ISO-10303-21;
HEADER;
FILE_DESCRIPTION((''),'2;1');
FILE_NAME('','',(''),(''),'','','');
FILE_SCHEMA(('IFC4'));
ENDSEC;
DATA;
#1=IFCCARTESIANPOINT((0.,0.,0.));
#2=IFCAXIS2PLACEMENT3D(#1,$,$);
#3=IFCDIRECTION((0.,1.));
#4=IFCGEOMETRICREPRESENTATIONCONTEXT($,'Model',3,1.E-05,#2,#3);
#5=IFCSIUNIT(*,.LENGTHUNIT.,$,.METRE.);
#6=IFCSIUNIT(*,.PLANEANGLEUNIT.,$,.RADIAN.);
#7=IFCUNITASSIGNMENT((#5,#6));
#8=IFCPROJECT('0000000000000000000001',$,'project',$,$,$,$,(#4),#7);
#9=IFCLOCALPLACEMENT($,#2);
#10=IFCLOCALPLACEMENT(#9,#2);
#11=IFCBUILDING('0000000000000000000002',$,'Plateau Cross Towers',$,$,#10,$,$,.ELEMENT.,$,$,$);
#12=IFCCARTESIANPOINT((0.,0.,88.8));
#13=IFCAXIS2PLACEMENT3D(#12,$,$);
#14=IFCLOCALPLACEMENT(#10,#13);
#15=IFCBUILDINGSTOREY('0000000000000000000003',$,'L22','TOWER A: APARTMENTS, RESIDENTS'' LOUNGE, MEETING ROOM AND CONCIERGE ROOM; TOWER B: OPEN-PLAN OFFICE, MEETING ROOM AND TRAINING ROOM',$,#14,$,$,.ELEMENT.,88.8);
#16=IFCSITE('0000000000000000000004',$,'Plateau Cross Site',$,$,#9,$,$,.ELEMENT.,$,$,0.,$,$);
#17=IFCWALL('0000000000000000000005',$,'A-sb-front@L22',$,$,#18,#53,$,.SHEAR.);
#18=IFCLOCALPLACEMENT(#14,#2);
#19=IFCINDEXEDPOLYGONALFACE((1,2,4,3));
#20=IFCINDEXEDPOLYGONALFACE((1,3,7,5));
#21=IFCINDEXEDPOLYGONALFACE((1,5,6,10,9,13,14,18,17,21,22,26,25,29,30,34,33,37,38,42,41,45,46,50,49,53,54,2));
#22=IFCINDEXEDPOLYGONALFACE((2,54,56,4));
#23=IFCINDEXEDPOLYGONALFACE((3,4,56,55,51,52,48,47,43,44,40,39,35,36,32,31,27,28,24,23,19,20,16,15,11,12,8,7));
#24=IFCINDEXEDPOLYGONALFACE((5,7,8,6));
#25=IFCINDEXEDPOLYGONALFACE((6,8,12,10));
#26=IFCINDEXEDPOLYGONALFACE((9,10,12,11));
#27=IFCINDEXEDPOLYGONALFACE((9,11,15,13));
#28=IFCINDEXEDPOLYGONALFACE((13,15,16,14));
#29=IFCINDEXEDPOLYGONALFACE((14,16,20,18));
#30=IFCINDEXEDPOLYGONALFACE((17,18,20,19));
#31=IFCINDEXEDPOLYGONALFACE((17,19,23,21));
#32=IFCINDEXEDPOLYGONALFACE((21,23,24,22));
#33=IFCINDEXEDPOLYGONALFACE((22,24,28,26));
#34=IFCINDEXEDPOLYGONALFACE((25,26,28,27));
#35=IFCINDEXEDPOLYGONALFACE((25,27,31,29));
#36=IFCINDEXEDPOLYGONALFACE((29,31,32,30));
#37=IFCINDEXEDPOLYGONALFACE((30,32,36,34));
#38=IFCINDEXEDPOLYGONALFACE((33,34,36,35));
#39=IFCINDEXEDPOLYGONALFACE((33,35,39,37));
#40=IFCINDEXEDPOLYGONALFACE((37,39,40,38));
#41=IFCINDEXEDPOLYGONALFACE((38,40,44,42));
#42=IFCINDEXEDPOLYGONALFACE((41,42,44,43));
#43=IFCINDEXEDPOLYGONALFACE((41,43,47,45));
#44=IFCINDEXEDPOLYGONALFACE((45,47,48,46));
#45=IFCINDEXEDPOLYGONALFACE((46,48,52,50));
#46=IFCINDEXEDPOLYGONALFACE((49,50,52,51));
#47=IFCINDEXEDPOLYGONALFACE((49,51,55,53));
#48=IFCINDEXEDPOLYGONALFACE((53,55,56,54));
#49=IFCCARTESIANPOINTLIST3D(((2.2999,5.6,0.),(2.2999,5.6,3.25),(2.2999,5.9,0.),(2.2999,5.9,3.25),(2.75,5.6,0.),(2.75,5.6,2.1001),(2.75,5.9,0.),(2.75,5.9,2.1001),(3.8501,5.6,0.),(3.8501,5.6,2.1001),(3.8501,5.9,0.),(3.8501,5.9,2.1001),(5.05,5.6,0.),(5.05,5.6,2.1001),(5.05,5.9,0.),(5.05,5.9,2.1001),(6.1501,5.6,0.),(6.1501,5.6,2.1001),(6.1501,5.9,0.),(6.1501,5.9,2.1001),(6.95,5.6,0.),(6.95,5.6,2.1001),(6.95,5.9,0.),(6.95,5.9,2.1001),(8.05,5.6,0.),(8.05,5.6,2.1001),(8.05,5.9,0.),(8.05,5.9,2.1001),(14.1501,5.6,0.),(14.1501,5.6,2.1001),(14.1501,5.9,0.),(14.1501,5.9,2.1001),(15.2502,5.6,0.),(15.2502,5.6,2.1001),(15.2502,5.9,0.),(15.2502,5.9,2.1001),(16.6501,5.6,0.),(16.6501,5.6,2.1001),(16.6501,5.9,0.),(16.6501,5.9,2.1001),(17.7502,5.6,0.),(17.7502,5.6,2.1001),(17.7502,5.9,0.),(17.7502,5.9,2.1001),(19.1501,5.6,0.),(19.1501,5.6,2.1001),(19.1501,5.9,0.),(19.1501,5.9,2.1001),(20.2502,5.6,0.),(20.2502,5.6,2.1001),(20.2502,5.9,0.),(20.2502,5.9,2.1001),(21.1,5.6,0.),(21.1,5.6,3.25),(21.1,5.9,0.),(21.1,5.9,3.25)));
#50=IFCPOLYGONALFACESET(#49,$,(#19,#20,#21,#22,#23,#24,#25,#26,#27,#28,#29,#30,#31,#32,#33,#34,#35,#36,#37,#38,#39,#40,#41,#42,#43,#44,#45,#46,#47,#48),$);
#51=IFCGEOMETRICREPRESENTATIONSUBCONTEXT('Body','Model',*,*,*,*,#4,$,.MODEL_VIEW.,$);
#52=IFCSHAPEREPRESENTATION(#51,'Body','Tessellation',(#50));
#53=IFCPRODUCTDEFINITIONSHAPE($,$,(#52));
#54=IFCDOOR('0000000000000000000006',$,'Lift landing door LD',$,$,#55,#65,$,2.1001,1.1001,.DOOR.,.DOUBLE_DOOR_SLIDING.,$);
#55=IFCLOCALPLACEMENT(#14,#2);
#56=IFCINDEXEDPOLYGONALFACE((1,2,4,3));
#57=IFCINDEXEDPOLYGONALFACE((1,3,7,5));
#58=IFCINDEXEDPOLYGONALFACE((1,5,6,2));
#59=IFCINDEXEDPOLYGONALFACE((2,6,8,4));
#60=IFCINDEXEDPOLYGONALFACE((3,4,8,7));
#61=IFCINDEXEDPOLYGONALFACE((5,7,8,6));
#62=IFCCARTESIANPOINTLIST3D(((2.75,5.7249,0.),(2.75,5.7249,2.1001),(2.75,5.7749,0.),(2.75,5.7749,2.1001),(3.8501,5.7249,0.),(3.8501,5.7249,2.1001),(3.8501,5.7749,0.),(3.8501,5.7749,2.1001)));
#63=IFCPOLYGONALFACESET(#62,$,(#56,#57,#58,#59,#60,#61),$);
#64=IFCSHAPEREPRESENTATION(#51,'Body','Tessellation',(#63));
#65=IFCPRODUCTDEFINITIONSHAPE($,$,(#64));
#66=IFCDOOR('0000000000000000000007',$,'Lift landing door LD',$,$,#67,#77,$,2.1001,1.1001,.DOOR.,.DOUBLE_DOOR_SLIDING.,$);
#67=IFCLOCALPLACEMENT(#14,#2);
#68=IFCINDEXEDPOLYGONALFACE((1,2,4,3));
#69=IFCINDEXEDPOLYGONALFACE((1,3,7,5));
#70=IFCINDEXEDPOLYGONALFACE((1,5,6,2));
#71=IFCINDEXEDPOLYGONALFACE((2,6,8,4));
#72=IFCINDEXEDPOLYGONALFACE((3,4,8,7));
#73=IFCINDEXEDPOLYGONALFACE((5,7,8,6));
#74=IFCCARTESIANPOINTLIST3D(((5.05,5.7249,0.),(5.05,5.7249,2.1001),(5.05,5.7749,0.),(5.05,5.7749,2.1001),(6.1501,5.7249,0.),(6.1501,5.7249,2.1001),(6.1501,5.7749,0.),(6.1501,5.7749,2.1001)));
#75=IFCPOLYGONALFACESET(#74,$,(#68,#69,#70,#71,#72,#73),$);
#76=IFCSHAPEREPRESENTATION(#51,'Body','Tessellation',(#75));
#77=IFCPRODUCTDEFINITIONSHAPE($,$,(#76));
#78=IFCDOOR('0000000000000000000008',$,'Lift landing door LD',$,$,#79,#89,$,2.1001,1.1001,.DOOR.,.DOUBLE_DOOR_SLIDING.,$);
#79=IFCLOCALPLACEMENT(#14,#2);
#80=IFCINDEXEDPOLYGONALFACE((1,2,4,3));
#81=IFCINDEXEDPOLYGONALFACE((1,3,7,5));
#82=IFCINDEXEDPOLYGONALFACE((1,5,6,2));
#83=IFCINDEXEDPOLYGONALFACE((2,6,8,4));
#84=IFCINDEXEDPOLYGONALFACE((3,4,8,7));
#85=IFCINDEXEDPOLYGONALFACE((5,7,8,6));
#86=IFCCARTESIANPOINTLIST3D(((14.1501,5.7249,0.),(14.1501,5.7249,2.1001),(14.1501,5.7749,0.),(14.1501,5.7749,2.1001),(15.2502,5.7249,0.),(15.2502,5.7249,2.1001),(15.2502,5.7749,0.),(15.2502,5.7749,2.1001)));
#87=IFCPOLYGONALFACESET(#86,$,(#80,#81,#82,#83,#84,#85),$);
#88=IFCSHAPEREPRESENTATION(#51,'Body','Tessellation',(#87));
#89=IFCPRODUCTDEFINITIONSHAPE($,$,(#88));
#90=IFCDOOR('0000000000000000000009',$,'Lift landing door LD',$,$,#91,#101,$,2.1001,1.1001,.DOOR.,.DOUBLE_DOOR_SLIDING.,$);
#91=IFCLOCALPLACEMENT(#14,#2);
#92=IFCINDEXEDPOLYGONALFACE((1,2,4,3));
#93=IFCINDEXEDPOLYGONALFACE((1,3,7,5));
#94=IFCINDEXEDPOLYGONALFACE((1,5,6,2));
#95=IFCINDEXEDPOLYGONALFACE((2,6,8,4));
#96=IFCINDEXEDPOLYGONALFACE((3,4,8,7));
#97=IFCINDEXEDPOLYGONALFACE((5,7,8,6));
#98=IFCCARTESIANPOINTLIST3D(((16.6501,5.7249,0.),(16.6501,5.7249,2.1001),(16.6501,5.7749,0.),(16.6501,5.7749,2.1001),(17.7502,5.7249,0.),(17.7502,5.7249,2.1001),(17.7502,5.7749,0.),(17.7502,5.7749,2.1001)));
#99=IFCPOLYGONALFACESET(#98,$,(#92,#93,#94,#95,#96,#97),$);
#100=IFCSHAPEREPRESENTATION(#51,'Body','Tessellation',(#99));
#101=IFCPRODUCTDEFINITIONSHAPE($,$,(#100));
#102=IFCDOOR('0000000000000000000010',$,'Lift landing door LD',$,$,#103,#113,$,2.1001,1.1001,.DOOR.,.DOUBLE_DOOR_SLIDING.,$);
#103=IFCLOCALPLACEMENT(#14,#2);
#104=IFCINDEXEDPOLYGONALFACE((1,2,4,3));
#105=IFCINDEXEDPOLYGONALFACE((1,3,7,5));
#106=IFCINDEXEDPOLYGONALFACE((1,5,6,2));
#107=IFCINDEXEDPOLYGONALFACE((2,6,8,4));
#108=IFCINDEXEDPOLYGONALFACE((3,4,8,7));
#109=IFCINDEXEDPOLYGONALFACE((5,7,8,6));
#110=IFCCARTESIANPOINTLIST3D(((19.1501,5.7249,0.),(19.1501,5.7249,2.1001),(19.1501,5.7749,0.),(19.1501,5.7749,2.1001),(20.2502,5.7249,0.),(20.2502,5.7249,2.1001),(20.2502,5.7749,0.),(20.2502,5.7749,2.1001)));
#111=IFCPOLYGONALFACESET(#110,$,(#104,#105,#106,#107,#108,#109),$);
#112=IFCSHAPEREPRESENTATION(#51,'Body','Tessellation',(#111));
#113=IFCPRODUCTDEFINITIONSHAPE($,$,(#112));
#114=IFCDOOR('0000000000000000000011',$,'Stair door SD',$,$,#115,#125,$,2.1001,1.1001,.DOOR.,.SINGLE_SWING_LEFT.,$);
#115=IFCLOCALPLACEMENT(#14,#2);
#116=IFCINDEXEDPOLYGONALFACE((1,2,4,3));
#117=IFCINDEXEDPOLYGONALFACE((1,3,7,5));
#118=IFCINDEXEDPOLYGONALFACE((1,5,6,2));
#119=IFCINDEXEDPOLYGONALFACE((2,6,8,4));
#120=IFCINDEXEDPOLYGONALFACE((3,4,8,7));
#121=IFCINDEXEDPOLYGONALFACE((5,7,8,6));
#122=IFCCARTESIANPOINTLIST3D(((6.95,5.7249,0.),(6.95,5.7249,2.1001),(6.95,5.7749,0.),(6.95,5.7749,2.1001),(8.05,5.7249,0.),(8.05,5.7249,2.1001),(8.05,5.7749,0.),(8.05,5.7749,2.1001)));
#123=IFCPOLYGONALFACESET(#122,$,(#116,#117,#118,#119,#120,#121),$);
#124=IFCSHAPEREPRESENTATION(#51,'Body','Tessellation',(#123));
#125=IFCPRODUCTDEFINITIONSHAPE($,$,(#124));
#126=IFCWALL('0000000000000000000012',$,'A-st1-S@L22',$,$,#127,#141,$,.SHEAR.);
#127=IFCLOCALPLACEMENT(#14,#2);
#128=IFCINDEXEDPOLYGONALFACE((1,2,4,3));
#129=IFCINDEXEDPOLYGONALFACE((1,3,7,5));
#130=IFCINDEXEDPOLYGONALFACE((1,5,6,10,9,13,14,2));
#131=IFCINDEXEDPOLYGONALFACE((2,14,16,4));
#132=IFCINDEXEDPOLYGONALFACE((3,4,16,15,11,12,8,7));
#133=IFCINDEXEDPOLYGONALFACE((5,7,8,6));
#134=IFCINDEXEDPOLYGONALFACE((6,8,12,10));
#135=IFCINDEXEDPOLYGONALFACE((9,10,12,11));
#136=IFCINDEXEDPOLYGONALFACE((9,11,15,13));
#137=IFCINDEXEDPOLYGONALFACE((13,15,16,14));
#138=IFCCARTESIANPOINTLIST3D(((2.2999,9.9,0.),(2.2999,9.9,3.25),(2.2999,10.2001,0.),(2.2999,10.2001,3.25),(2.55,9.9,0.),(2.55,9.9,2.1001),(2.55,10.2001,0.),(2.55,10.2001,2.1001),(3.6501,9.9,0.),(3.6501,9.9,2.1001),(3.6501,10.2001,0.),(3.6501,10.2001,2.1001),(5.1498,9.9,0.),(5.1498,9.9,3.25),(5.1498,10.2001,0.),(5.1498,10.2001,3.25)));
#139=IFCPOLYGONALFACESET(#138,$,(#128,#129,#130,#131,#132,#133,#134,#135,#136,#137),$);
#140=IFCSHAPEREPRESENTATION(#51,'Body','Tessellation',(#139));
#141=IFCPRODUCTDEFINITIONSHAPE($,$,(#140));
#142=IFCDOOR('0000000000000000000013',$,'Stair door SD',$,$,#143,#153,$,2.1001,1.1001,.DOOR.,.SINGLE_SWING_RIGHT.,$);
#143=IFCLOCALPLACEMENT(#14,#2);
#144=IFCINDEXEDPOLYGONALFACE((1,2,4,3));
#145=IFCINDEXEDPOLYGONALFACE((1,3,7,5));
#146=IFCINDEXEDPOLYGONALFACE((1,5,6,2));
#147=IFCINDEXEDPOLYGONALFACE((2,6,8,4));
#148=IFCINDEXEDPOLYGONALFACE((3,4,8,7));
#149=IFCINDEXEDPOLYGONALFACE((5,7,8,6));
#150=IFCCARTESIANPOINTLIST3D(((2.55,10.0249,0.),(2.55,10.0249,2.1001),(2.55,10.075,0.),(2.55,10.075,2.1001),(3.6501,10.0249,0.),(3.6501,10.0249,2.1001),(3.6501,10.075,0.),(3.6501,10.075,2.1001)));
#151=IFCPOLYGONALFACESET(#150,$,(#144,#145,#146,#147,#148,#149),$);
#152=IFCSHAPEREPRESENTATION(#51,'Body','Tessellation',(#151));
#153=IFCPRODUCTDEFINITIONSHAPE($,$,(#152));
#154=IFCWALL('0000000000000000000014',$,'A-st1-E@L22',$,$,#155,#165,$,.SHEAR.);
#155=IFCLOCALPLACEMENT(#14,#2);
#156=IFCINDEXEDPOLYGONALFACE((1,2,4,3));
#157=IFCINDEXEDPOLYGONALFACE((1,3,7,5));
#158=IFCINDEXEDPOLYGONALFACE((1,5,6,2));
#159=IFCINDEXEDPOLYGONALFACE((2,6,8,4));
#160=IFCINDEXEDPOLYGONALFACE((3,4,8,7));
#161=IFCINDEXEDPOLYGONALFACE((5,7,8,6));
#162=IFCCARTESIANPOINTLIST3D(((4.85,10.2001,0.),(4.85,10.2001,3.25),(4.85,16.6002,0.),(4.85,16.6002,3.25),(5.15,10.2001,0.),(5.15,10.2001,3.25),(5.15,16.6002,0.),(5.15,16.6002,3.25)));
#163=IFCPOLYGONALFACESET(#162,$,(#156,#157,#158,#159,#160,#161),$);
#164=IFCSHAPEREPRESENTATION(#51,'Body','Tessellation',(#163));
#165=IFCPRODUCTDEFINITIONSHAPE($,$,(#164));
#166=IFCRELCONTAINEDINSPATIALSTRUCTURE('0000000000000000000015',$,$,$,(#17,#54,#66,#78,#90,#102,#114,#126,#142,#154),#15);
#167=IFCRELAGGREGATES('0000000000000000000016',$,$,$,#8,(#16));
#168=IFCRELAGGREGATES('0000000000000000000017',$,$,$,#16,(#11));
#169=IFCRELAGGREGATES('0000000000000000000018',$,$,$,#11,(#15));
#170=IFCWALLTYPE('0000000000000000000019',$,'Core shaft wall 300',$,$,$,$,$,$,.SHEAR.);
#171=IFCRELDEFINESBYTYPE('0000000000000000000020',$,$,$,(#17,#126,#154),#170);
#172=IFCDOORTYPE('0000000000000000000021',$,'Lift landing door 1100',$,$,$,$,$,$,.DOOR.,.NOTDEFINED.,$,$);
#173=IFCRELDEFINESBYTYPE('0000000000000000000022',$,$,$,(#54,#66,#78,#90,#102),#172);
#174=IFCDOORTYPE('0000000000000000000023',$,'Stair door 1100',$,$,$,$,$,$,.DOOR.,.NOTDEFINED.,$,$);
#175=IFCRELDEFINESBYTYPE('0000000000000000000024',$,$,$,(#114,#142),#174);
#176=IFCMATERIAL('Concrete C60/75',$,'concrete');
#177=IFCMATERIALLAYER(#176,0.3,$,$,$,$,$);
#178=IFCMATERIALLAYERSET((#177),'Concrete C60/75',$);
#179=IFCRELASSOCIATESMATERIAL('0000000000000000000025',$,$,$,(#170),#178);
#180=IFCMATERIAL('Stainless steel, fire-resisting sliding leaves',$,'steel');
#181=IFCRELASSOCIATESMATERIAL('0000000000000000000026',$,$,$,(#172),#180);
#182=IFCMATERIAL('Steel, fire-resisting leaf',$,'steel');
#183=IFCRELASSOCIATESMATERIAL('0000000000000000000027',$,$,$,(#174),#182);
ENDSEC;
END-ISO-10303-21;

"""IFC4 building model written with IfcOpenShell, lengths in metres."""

from ifc_helpers import new_model, si_unit, direction, frame, frame_2d, origin, place, context, subcontext, project, spatial, rectangle, extrude, material, layer, layer_set, type_object, element, fill, save


model = new_model("IFC4")

# Units and contexts
model_context = context("Model", 3, precision=1e-05, world=origin(), true_north=direction((0.0, 1.0)))
body_context = subcontext(model_context, "Body", "Model", "MODEL_VIEW")
ifc_project = project(units=[si_unit("LENGTHUNIT", "METRE"), si_unit("PLANEANGLEUNIT", "RADIAN")], contexts=[model_context])

# Site, building, storey
site_placement = place(None, origin())
site = spatial("IfcSite", under=ifc_project, at=site_placement, Name="Plateau Cross Site", CompositionType="ELEMENT", RefElevation=0.0)
building_placement = place(site_placement, origin())
building = spatial("IfcBuilding", under=site, at=building_placement, Name="Plateau Cross Towers", CompositionType="ELEMENT")
storey_placement = place(building_placement, frame((0.0, 0.0, 88.8)))
storey = spatial("IfcBuildingStorey", under=building, at=storey_placement, Name="L22", Description="TOWER A: APARTMENTS, RESIDENTS' LOUNGE, MEETING ROOM AND CONCIERGE ROOM; TOWER B: OPEN-PLAN OFFICE, MEETING ROOM AND TRAINING ROOM", CompositionType="ELEMENT", Elevation=88.8)

# Shared definitions
ifc_material_1 = material(Name="Steel, fire-resisting leaf", Category="steel")

# Shared definitions
ifc_material_2 = material(Name="Concrete C60/75", Category="concrete")
ifc_layer_1 = layer(ifc_material_2, 0.3)
ifc_layer_set_1 = layer_set([ifc_layer_1], Name="Concrete C60/75")
wall_type_1 = type_object("IfcWallType", Name="Core shaft wall 300", PredefinedType="SHEAR", material=ifc_layer_set_1)

# Wall, openings, doors
wall_1_placement = place(storey_placement, frame((2.3, 5.75, 0.0), z_axis=(0.0, 0.0, 1.0), x_axis=(1.0, 0.0, 0.0)))
wall_1 = element("IfcWall", 1, at=wall_1_placement, inside=storey, type_object=wall_type_1, Name="A-sb-front@L22", PredefinedType="SHEAR", context=body_context, shape_type="SweptSolid", body=[
    extrude(rectangle(XDim=18.8, YDim=0.3, at=frame_2d((9.3999, 0.0))), origin(), (0.0, 0.0, 1.0), 3.25),
])
opening_1_placement = place(wall_1_placement, frame((4.6499, 0.0, 0.0)))
opening_1 = element("IfcOpeningElement", 2, at=opening_1_placement, cuts=wall_1, PredefinedType="OPENING", context=body_context, shape_type="SweptSolid", body=[
    extrude(rectangle(XDim=1.1001, YDim=2.1001, at=frame_2d((0.55, 1.05))), frame((0.0, 0.1599, 0.0), z_axis=(0.0, -1.0, 0.0), x_axis=(1.0, 0.0, 0.0)), (0.0, 0.0, 1.0), 0.3201),
])
opening_2_placement = place(wall_1_placement, frame((0.45, 0.0, 0.0)))
opening_2 = element("IfcOpeningElement", 3, at=opening_2_placement, cuts=wall_1, PredefinedType="OPENING", context=body_context, shape_type="SweptSolid", body=[
    extrude(rectangle(XDim=1.1001, YDim=2.1001, at=frame_2d((0.55, 1.05))), frame((0.0, 0.1599, 0.0), z_axis=(0.0, -1.0, 0.0), x_axis=(1.0, 0.0, 0.0)), (0.0, 0.0, 1.0), 0.3201),
])
opening_3_placement = place(wall_1_placement, frame((2.75, 0.0, 0.0)))
opening_3 = element("IfcOpeningElement", 4, at=opening_3_placement, cuts=wall_1, PredefinedType="OPENING", context=body_context, shape_type="SweptSolid", body=[
    extrude(rectangle(XDim=1.1001, YDim=2.1001, at=frame_2d((0.55, 1.05))), frame((0.0, 0.1599, 0.0), z_axis=(0.0, -1.0, 0.0), x_axis=(1.0, 0.0, 0.0)), (0.0, 0.0, 1.0), 0.3201),
])
opening_4_placement = place(wall_1_placement, frame((11.8501, 0.0, 0.0)))
opening_4 = element("IfcOpeningElement", 5, at=opening_4_placement, cuts=wall_1, PredefinedType="OPENING", context=body_context, shape_type="SweptSolid", body=[
    extrude(rectangle(XDim=1.1001, YDim=2.1001, at=frame_2d((0.55, 1.05))), frame((0.0, 0.1599, 0.0), z_axis=(0.0, -1.0, 0.0), x_axis=(1.0, 0.0, 0.0)), (0.0, 0.0, 1.0), 0.3201),
])
opening_5_placement = place(wall_1_placement, frame((14.3501, 0.0, 0.0)))
opening_5 = element("IfcOpeningElement", 6, at=opening_5_placement, cuts=wall_1, PredefinedType="OPENING", context=body_context, shape_type="SweptSolid", body=[
    extrude(rectangle(XDim=1.1001, YDim=2.1001, at=frame_2d((0.55, 1.05))), frame((0.0, 0.1599, 0.0), z_axis=(0.0, -1.0, 0.0), x_axis=(1.0, 0.0, 0.0)), (0.0, 0.0, 1.0), 0.3201),
])
opening_6_placement = place(wall_1_placement, frame((16.8501, 0.0, 0.0)))
opening_6 = element("IfcOpeningElement", 7, at=opening_6_placement, cuts=wall_1, PredefinedType="OPENING", context=body_context, shape_type="SweptSolid", body=[
    extrude(rectangle(XDim=1.1001, YDim=2.1001, at=frame_2d((0.55, 1.05))), frame((0.0, 0.1599, 0.0), z_axis=(0.0, -1.0, 0.0), x_axis=(1.0, 0.0, 0.0)), (0.0, 0.0, 1.0), 0.3201),
])
ifc_material_3 = material(Name="Stainless steel, fire-resisting sliding leaves", Category="steel")
door_type_1 = type_object("IfcDoorType", Name="Lift landing door 1100", OperationType="NOTDEFINED", PredefinedType="DOOR", material=ifc_material_3)
door_1_placement = place(opening_2_placement, origin())
door_1 = element("IfcDoor", 8, at=door_1_placement, inside=storey, type_object=door_type_1, Name="Lift landing door LD", OperationType="DOUBLE_DOOR_SLIDING", OverallHeight=2.1001, OverallWidth=1.1001, PredefinedType="DOOR", context=body_context, shape_type="SweptSolid", body=[
    extrude(rectangle(XDim=1.1001, YDim=2.1001, at=frame_2d((0.55, 1.05))), frame((0.0, 0.0249, 0.0), z_axis=(0.0, -1.0, 0.0), x_axis=(1.0, 0.0, 0.0)), (0.0, 0.0, 1.0), 0.05),
])
fill(opening_2, door_1)
door_2_placement = place(opening_3_placement, origin())
door_2 = element("IfcDoor", 9, at=door_2_placement, inside=storey, type_object=door_type_1, Name="Lift landing door LD", OperationType="DOUBLE_DOOR_SLIDING", OverallHeight=2.1001, OverallWidth=1.1001, PredefinedType="DOOR", context=body_context, shape_type="SweptSolid", body=[
    extrude(rectangle(XDim=1.1001, YDim=2.1001, at=frame_2d((0.55, 1.05))), frame((0.0, 0.0249, 0.0), z_axis=(0.0, -1.0, 0.0), x_axis=(1.0, 0.0, 0.0)), (0.0, 0.0, 1.0), 0.05),
])
fill(opening_3, door_2)
door_3_placement = place(opening_4_placement, origin())
door_3 = element("IfcDoor", 10, at=door_3_placement, inside=storey, type_object=door_type_1, Name="Lift landing door LD", OperationType="DOUBLE_DOOR_SLIDING", OverallHeight=2.1001, OverallWidth=1.1001, PredefinedType="DOOR", context=body_context, shape_type="SweptSolid", body=[
    extrude(rectangle(XDim=1.1001, YDim=2.1001, at=frame_2d((0.55, 1.05))), frame((0.0, 0.0249, 0.0), z_axis=(0.0, -1.0, 0.0), x_axis=(1.0, 0.0, 0.0)), (0.0, 0.0, 1.0), 0.05),
])
fill(opening_4, door_3)
door_4_placement = place(opening_5_placement, origin())
door_4 = element("IfcDoor", 11, at=door_4_placement, inside=storey, type_object=door_type_1, Name="Lift landing door LD", OperationType="DOUBLE_DOOR_SLIDING", OverallHeight=2.1001, OverallWidth=1.1001, PredefinedType="DOOR", context=body_context, shape_type="SweptSolid", body=[
    extrude(rectangle(XDim=1.1001, YDim=2.1001, at=frame_2d((0.55, 1.05))), frame((0.0, 0.0249, 0.0), z_axis=(0.0, -1.0, 0.0), x_axis=(1.0, 0.0, 0.0)), (0.0, 0.0, 1.0), 0.05),
])
fill(opening_5, door_4)
door_5_placement = place(opening_6_placement, origin())
door_5 = element("IfcDoor", 12, at=door_5_placement, inside=storey, type_object=door_type_1, Name="Lift landing door LD", OperationType="DOUBLE_DOOR_SLIDING", OverallHeight=2.1001, OverallWidth=1.1001, PredefinedType="DOOR", context=body_context, shape_type="SweptSolid", body=[
    extrude(rectangle(XDim=1.1001, YDim=2.1001, at=frame_2d((0.55, 1.05))), frame((0.0, 0.0249, 0.0), z_axis=(0.0, -1.0, 0.0), x_axis=(1.0, 0.0, 0.0)), (0.0, 0.0, 1.0), 0.05),
])
fill(opening_6, door_5)
door_type_2 = type_object("IfcDoorType", Name="Stair door 1100", OperationType="NOTDEFINED", PredefinedType="DOOR", material=ifc_material_1)
door_6_placement = place(opening_1_placement, origin())
door_6 = element("IfcDoor", 13, at=door_6_placement, inside=storey, type_object=door_type_2, Name="Stair door SD", OperationType="SINGLE_SWING_LEFT", OverallHeight=2.1001, OverallWidth=1.1001, PredefinedType="DOOR", context=body_context, shape_type="SweptSolid", body=[
    extrude(rectangle(XDim=1.1001, YDim=2.1001, at=frame_2d((0.55, 1.05))), frame((0.0, 0.0249, 0.0), z_axis=(0.0, -1.0, 0.0), x_axis=(1.0, 0.0, 0.0)), (0.0, 0.0, 1.0), 0.05),
])
fill(opening_1, door_6)

# Wall, opening, door
wall_2_placement = place(storey_placement, frame((2.3, 10.05, 0.0), z_axis=(0.0, 0.0, 1.0), x_axis=(1.0, 0.0, 0.0)))
wall_2 = element("IfcWall", 14, at=wall_2_placement, inside=storey, type_object=wall_type_1, Name="A-st1-S@L22", PredefinedType="SHEAR", context=body_context, shape_type="SweptSolid", body=[
    extrude(rectangle(XDim=2.8499, YDim=0.3, at=frame_2d((1.4248, 0.0))), origin(), (0.0, 0.0, 1.0), 3.25),
])
opening_7_placement = place(wall_2_placement, frame((0.25, 0.0, 0.0)))
opening_7 = element("IfcOpeningElement", 15, at=opening_7_placement, cuts=wall_2, PredefinedType="OPENING", context=body_context, shape_type="SweptSolid", body=[
    extrude(rectangle(XDim=1.1001, YDim=2.1001, at=frame_2d((0.55, 1.05))), frame((0.0, 0.1599, 0.0), z_axis=(0.0, -1.0, 0.0), x_axis=(1.0, 0.0, 0.0)), (0.0, 0.0, 1.0), 0.3201),
])
door_7_placement = place(opening_7_placement, origin())
door_7 = element("IfcDoor", 16, at=door_7_placement, inside=storey, type_object=door_type_2, Name="Stair door SD", OperationType="SINGLE_SWING_RIGHT", OverallHeight=2.1001, OverallWidth=1.1001, PredefinedType="DOOR", context=body_context, shape_type="SweptSolid", body=[
    extrude(rectangle(XDim=1.1001, YDim=2.1001, at=frame_2d((0.55, 1.05))), frame((0.0, 0.0249, 0.0), z_axis=(0.0, -1.0, 0.0), x_axis=(1.0, 0.0, 0.0)), (0.0, 0.0, 1.0), 0.05),
])
fill(opening_7, door_7)

# Wall
wall_3_placement = place(storey_placement, frame((5.0, 10.2, 0.0), z_axis=(0.0, 0.0, 1.0), x_axis=(0.0, 1.0, 0.0)))
element("IfcWall", 17, at=wall_3_placement, inside=storey, type_object=wall_type_1, Name="A-st1-E@L22", PredefinedType="SHEAR", context=body_context, shape_type="SweptSolid", body=[
    extrude(rectangle(XDim=6.4001, YDim=0.3, at=frame_2d((3.2002, 0.0))), origin(), (0.0, 0.0, 1.0), 3.25),
])

save(model, "model.ifc")
